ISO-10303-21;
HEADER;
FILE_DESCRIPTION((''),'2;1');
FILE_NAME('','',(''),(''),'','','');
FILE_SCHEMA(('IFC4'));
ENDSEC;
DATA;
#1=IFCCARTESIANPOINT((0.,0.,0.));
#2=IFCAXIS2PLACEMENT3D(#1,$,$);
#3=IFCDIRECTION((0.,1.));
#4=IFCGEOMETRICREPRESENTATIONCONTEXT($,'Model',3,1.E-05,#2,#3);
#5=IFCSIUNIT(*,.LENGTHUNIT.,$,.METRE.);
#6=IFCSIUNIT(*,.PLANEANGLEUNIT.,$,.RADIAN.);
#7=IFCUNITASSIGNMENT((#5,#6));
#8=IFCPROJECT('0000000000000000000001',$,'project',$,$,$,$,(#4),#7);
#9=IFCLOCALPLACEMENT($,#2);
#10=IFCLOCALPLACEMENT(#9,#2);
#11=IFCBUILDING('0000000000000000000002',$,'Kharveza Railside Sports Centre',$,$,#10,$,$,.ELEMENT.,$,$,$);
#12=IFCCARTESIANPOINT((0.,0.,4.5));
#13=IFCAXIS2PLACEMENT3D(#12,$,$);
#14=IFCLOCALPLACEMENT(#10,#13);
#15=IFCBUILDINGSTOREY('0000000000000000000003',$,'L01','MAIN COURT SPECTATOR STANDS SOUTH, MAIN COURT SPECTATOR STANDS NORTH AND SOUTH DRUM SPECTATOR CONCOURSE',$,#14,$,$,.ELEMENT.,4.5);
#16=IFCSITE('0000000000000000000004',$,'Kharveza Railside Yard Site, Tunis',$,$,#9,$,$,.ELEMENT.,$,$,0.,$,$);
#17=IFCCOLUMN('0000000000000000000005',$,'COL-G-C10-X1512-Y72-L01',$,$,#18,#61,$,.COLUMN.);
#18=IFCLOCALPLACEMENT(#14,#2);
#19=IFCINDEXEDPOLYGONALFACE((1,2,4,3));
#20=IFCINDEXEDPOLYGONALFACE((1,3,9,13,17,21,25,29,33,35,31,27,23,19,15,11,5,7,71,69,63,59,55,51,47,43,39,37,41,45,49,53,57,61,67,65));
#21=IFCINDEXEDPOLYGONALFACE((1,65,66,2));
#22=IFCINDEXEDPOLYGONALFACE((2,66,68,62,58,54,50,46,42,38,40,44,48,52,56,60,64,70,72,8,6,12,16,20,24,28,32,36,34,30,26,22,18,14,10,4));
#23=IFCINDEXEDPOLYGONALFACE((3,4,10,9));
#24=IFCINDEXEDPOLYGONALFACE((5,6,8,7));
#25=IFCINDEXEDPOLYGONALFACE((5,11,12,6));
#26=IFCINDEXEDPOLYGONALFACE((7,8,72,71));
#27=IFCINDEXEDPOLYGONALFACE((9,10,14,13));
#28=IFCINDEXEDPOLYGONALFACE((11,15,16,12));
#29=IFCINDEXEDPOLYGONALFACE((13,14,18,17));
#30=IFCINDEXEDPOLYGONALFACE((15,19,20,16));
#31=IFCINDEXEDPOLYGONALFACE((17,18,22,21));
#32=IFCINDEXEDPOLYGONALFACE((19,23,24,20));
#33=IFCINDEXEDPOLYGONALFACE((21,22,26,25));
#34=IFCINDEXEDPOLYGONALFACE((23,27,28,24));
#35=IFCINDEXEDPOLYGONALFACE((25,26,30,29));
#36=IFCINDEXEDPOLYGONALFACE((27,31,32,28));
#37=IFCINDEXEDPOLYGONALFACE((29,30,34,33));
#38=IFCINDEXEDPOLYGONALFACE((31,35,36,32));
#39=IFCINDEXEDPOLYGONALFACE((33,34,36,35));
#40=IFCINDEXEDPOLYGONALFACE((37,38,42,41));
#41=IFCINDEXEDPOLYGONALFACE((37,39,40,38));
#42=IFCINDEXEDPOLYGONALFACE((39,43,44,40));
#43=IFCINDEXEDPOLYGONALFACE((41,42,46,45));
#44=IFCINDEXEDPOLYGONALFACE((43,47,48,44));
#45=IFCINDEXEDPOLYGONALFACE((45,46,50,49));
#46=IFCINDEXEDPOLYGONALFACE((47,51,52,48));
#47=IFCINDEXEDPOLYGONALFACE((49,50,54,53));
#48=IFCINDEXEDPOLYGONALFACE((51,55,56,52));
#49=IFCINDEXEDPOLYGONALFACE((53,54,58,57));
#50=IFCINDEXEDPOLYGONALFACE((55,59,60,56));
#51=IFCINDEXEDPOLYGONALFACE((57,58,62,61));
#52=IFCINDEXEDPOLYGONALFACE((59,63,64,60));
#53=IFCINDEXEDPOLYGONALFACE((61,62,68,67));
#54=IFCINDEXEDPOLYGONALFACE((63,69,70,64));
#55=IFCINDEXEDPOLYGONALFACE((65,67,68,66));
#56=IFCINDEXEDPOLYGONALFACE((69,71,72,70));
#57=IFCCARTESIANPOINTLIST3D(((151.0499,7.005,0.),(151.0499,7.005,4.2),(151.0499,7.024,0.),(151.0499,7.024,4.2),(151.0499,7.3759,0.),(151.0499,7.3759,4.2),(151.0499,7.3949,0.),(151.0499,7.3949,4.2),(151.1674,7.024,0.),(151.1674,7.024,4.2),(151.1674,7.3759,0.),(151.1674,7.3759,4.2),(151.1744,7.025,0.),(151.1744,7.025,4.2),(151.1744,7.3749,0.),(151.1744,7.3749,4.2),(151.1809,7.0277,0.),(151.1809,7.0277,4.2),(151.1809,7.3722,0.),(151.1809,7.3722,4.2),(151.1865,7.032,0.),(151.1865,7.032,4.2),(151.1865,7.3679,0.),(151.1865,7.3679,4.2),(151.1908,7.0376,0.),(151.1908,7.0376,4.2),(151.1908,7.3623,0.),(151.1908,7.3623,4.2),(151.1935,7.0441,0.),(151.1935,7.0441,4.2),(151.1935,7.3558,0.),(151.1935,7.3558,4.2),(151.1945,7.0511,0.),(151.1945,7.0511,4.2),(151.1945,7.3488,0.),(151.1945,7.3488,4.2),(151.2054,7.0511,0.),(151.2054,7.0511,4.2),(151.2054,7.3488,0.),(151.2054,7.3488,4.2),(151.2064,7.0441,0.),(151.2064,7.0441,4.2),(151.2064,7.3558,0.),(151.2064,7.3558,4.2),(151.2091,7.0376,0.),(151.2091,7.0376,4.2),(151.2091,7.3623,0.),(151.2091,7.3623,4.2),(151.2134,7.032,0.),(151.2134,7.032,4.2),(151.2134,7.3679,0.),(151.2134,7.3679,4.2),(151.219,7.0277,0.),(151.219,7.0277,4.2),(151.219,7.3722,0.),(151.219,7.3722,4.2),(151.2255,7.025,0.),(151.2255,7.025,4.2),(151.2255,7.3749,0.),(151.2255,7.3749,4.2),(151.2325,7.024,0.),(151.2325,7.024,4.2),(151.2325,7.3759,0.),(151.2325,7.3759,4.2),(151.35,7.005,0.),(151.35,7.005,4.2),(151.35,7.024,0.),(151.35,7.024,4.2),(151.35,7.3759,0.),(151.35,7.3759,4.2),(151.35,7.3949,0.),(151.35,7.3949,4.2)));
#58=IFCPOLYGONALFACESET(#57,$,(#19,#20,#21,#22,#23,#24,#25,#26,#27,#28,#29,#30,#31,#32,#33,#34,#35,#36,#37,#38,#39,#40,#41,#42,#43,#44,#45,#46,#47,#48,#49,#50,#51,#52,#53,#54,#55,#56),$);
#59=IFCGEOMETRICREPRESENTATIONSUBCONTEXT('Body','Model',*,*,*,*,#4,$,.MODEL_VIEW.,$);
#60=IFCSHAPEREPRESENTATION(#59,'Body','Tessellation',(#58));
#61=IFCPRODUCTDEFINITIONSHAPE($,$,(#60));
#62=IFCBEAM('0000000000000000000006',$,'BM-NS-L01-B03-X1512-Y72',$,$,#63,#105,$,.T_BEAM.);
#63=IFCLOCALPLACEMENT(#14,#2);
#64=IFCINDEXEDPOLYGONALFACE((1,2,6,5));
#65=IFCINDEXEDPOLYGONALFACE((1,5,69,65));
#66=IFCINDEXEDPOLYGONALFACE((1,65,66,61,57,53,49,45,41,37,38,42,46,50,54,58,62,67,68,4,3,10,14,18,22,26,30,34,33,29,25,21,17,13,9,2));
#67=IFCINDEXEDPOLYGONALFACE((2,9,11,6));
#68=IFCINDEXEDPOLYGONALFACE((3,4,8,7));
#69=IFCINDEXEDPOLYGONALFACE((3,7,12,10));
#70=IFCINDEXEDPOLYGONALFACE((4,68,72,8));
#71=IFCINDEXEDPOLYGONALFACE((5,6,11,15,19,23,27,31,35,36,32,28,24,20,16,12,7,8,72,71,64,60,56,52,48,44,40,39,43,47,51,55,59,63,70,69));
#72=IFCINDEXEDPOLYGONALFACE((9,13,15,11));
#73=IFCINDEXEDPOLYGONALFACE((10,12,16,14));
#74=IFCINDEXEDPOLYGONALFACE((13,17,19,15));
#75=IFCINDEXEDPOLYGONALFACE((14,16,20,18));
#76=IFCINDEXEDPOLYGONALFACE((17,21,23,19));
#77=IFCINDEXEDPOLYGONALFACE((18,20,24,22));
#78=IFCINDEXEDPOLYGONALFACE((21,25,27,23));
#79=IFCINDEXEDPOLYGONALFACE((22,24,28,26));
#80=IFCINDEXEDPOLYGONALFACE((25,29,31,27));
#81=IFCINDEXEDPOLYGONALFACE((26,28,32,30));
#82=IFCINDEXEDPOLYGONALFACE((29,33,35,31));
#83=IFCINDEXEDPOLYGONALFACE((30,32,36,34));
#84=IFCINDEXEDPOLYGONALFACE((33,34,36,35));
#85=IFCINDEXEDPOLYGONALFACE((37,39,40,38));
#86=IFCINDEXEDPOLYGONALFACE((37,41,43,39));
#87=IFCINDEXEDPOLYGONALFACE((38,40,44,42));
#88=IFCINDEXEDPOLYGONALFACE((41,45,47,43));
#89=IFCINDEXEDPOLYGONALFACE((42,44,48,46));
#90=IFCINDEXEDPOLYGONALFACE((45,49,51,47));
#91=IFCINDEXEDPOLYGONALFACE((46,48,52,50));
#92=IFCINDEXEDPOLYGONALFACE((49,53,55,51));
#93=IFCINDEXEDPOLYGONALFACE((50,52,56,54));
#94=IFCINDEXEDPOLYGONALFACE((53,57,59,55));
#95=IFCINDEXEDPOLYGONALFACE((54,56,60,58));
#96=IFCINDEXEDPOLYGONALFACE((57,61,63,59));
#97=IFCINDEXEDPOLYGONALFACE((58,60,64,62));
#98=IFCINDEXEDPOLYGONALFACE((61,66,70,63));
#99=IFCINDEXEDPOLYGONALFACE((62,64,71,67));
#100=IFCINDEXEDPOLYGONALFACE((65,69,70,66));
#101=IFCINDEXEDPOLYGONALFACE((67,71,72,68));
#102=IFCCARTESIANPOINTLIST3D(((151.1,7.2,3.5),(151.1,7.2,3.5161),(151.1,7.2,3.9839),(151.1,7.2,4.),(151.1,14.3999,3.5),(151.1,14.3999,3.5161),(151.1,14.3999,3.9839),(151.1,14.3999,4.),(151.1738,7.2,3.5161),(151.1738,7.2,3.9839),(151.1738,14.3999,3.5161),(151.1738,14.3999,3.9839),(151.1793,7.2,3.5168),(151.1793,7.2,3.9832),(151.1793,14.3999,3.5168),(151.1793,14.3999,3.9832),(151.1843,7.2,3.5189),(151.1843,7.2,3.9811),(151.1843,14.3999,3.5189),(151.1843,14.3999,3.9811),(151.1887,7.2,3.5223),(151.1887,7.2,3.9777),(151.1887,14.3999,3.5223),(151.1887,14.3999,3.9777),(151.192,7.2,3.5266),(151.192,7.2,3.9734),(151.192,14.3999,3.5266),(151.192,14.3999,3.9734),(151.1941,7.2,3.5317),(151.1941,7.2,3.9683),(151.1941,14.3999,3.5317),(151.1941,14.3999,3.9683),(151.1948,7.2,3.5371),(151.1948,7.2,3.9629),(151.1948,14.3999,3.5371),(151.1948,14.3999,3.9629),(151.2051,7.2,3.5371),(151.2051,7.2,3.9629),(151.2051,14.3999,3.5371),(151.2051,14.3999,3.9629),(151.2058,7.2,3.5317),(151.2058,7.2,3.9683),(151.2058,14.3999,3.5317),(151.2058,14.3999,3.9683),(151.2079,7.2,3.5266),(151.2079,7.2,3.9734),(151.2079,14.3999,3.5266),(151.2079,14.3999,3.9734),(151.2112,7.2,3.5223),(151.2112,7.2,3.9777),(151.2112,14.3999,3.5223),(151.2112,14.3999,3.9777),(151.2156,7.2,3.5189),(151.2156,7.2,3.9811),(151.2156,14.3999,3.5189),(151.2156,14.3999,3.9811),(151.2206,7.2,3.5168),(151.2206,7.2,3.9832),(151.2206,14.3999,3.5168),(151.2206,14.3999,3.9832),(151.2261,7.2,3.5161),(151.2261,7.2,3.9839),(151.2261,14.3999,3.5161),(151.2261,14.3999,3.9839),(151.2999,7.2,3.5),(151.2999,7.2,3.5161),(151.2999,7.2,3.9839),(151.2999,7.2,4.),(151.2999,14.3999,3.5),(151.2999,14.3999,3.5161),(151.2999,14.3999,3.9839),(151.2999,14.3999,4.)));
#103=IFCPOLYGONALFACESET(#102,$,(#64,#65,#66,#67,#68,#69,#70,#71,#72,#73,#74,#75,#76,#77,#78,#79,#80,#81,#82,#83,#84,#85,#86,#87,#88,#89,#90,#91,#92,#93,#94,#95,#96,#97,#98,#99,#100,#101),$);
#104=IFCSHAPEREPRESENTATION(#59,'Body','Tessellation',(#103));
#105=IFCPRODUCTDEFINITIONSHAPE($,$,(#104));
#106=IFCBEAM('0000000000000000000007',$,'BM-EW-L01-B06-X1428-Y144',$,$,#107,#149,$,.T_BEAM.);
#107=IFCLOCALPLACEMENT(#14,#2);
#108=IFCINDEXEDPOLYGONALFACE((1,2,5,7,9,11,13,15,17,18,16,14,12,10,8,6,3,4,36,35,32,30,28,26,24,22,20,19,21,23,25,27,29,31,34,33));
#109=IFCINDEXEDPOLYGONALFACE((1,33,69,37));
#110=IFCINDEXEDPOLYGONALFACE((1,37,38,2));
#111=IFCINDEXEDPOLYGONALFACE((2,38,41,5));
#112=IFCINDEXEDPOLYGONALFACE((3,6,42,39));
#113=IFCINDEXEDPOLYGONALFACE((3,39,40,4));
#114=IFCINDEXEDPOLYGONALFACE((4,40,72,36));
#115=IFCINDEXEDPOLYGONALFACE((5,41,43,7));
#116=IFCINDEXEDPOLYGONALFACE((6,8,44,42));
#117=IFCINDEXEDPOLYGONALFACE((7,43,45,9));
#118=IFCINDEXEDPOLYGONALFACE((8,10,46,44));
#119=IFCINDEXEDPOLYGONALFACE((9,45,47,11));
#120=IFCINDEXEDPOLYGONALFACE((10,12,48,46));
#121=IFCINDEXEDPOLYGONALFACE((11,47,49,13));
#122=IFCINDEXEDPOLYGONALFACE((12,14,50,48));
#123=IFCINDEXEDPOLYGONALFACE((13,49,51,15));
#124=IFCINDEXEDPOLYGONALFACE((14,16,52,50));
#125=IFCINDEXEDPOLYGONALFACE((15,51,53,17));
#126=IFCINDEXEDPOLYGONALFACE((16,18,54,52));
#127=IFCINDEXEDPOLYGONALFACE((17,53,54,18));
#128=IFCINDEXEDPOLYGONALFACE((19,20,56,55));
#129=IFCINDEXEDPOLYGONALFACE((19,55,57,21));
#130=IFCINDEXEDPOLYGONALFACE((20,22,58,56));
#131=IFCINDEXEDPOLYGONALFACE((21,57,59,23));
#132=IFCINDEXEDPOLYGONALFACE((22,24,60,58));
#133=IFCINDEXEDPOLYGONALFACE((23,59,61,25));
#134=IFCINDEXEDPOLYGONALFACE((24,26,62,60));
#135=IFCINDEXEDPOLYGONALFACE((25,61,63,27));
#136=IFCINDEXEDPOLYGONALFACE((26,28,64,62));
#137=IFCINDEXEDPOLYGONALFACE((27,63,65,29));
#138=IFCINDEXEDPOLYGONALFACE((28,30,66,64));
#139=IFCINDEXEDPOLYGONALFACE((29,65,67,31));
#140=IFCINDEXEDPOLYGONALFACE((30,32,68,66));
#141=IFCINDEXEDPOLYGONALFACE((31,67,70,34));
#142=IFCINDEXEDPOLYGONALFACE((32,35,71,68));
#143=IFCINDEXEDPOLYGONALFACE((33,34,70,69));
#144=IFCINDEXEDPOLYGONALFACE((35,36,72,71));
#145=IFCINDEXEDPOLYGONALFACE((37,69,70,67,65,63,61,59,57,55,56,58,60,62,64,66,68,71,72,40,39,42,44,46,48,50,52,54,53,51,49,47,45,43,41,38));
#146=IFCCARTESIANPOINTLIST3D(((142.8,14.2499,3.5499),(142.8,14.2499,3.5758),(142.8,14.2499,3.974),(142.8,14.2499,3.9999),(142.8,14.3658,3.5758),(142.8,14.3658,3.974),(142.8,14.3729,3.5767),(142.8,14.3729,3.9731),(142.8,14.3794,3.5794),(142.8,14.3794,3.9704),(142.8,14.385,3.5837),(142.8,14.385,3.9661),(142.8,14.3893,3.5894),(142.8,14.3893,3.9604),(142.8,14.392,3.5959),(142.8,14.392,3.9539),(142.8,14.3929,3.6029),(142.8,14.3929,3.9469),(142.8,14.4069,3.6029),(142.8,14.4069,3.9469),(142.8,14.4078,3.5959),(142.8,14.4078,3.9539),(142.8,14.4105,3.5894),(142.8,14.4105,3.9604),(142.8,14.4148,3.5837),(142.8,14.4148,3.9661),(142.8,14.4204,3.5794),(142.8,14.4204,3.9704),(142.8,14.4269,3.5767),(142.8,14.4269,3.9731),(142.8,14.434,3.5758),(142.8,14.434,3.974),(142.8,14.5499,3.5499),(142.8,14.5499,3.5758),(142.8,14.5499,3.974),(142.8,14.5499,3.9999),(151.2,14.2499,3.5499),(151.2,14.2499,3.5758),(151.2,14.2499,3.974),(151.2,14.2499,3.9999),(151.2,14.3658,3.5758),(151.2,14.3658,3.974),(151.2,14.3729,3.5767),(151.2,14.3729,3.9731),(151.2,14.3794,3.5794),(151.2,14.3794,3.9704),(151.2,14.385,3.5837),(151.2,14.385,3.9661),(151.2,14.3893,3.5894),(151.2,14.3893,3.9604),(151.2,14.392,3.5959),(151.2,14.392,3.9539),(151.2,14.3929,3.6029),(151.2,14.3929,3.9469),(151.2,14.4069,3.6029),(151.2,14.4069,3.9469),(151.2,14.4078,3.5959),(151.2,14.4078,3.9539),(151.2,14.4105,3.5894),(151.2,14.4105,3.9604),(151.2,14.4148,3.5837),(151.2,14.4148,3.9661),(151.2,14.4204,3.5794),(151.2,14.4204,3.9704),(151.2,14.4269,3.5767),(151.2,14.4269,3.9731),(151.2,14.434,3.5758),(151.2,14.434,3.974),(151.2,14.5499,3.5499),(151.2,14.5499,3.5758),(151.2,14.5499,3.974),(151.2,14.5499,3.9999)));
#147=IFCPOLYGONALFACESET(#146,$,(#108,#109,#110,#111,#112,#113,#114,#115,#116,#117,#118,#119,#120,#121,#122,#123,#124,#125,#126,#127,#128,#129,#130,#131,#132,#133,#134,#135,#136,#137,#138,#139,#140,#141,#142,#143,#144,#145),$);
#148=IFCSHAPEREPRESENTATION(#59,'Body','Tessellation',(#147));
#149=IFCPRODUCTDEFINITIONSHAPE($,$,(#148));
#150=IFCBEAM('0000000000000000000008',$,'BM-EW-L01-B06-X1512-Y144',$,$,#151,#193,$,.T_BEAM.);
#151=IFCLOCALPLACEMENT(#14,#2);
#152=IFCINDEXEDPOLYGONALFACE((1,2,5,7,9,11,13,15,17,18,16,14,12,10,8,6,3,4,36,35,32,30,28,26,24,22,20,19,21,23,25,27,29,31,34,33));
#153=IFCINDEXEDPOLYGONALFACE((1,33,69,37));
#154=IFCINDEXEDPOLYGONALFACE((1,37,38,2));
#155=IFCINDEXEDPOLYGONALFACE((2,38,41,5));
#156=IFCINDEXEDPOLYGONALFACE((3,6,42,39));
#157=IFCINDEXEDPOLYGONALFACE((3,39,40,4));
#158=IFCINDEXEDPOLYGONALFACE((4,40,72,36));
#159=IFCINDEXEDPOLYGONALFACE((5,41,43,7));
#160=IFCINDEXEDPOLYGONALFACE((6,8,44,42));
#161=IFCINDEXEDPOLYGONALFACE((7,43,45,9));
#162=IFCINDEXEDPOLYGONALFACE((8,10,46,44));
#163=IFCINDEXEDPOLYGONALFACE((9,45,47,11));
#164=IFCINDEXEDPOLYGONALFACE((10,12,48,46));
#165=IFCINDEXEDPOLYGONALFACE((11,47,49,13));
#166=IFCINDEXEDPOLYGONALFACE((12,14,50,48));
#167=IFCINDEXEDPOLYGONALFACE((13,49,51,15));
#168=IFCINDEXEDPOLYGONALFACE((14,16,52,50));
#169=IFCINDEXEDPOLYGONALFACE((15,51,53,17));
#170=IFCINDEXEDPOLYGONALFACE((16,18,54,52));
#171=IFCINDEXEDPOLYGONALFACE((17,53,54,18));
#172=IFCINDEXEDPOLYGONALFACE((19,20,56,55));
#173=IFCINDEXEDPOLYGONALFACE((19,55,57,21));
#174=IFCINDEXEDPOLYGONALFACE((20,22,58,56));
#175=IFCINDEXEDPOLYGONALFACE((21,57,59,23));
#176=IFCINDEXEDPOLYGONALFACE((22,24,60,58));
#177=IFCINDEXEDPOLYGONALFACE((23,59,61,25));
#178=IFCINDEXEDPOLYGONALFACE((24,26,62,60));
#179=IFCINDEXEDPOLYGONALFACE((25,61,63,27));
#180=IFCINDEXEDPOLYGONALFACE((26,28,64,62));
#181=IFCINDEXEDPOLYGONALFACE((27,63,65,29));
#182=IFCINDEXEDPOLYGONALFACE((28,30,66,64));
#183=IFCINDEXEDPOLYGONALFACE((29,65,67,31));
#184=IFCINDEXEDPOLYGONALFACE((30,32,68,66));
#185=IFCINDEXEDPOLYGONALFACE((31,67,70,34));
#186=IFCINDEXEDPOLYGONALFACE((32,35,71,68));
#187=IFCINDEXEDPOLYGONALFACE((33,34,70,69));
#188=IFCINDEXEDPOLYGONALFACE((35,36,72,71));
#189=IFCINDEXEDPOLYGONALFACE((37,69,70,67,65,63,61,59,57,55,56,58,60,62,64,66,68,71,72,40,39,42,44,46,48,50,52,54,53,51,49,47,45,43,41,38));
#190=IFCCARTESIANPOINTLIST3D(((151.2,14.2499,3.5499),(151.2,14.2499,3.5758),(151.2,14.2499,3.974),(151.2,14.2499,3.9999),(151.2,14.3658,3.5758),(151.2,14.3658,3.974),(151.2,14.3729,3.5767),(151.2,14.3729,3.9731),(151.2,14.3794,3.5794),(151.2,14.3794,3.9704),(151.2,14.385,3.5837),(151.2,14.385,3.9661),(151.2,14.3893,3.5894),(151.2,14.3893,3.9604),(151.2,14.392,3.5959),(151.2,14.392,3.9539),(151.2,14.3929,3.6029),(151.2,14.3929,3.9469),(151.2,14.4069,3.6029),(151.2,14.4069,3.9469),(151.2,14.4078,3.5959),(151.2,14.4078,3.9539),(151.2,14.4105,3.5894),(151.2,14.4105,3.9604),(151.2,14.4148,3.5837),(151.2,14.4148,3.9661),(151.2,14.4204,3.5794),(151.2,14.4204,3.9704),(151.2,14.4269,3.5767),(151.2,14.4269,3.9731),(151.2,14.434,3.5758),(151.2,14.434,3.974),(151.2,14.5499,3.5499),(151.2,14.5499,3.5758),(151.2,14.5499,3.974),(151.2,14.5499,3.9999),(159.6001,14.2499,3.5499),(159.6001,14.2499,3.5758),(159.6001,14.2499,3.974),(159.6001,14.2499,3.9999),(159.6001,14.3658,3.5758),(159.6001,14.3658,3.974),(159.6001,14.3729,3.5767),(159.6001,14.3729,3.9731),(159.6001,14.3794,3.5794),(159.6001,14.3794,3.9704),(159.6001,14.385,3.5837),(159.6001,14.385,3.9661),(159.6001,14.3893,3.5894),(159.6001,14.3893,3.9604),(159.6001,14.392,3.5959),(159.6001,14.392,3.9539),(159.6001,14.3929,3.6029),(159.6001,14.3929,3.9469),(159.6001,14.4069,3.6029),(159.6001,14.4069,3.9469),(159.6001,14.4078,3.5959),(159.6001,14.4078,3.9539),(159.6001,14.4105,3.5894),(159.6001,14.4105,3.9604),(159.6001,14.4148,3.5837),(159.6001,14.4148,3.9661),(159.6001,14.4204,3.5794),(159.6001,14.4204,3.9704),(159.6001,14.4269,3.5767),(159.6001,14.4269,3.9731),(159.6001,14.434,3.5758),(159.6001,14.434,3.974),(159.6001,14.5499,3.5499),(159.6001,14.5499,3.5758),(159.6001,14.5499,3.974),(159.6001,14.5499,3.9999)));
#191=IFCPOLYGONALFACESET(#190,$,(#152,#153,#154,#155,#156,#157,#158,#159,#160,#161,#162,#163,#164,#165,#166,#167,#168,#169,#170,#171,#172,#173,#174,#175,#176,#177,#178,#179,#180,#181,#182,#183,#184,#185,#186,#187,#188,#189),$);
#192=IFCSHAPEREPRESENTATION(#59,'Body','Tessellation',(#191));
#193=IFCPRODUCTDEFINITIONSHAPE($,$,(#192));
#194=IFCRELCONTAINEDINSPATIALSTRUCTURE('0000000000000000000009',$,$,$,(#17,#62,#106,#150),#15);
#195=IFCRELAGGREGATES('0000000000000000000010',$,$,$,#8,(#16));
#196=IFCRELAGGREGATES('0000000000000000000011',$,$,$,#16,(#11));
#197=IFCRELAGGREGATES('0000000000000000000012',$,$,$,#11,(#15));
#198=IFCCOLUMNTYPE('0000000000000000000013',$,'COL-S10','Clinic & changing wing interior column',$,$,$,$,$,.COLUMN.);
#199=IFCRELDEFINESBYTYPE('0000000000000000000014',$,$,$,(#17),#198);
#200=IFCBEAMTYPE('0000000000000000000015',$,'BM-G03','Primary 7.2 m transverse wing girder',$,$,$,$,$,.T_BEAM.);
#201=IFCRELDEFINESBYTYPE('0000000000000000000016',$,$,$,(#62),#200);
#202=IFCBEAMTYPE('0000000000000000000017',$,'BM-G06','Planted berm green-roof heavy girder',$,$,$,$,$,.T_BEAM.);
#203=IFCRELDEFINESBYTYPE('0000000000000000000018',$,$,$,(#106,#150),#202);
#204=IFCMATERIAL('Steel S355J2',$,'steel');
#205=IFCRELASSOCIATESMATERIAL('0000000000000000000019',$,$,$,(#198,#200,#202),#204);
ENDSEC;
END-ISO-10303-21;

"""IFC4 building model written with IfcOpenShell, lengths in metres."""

from ifc_helpers import new_model, si_unit, direction, frame, origin, origin_2d, place, context, subcontext, project, spatial, i_section, extrude, material, material_profile, profile_set, type_object, element, save


model = new_model("IFC4")

# Units and contexts
model_context = context("Model", 3, precision=1e-05, world=origin(), true_north=direction((0.0, 1.0)))
body_context = subcontext(model_context, "Body", "Model", "MODEL_VIEW")
ifc_project = project(units=[si_unit("LENGTHUNIT", "METRE"), si_unit("PLANEANGLEUNIT", "RADIAN")], contexts=[model_context])

# Site, building, storey
site_placement = place(None, origin())
site = spatial("IfcSite", under=ifc_project, at=site_placement, Name="Kharveza Railside Yard Site, Tunis", CompositionType="ELEMENT", RefElevation=0.0)
building_placement = place(site_placement, origin())
building = spatial("IfcBuilding", under=site, at=building_placement, Name="Kharveza Railside Sports Centre", CompositionType="ELEMENT")
storey_placement = place(building_placement, frame((0.0, 0.0, 4.5)))
storey = spatial("IfcBuildingStorey", under=building, at=storey_placement, Name="L01", Description="MAIN COURT SPECTATOR STANDS SOUTH, MAIN COURT SPECTATOR STANDS NORTH AND SOUTH DRUM SPECTATOR CONCOURSE", CompositionType="ELEMENT", Elevation=4.5)

# Column
ifc_material_1 = material(Name="Steel S355J2", Category="steel")
ifc_material_profile_1 = material_profile(ifc_material_1, i_section(OverallWidth=0.3, OverallDepth=0.3899, WebThickness=0.011, FlangeThickness=0.019, FilletRadius=0.0271, at=origin_2d()), Name="HEA 400")
ifc_profile_set_1 = profile_set([ifc_material_profile_1], Name="Steel S355J2")
column_type_1 = type_object("IfcColumnType", Name="COL-S10", Description="Clinic & changing wing interior column", PredefinedType="COLUMN", material=ifc_profile_set_1)
for number, where, z_axis, x_axis, name in (
    (1, (151.2, 7.2, 0.0), (0.0, 0.0, 1.0), (1.0, 0.0, 0.0), "COL-G-C10-X1512-Y72-L01"),
):
    element("IfcColumn", number, at=place(storey_placement, frame(where, z_axis=z_axis, x_axis=x_axis)), inside=storey, type_object=column_type_1, Name=name, PredefinedType="COLUMN", context=body_context, shape_type="SweptSolid", body=[
        extrude(i_section(OverallWidth=0.3, OverallDepth=0.3899, WebThickness=0.011, FlangeThickness=0.019, FilletRadius=0.0271, at=origin_2d()), origin(), (0.0, 0.0, 1.0), 4.2),
    ])

# Beams
ifc_material_profile_2 = material_profile(ifc_material_1, i_section(OverallWidth=0.2, OverallDepth=0.5, WebThickness=0.0103, FlangeThickness=0.0161, FilletRadius=0.021, at=origin_2d()), Name="IPE 500")
ifc_profile_set_2 = profile_set([ifc_material_profile_2], Name="Steel S355J2")
beam_type_1 = type_object("IfcBeamType", Name="BM-G03", Description="Primary 7.2 m transverse wing girder", PredefinedType="T_BEAM", material=ifc_profile_set_2)
beam_1_placement = place(storey_placement, frame((151.2, 7.2, 3.75), z_axis=(0.0, 1.0, 0.0), x_axis=(-1.0, 0.0, 0.0)))
element("IfcBeam", 2, at=beam_1_placement, inside=storey, type_object=beam_type_1, Name="BM-NS-L01-B03-X1512-Y72", PredefinedType="T_BEAM", context=body_context, shape_type="SweptSolid", body=[
    extrude(i_section(OverallWidth=0.2, OverallDepth=0.5, WebThickness=0.0103, FlangeThickness=0.0161, FilletRadius=0.021, at=origin_2d()), origin(), (0.0, 0.0, 1.0), 7.2),
])
ifc_material_profile_3 = material_profile(ifc_material_1, i_section(OverallWidth=0.3, OverallDepth=0.45, WebThickness=0.0139, FlangeThickness=0.0259, FilletRadius=0.0271, at=origin_2d()), Name="HEB 450")
ifc_profile_set_3 = profile_set([ifc_material_profile_3], Name="Steel S355J2")
beam_type_2 = type_object("IfcBeamType", Name="BM-G06", Description="Planted berm green-roof heavy girder", PredefinedType="T_BEAM", material=ifc_profile_set_3)
beam_2_placement = place(storey_placement, frame((142.8, 14.3999, 3.7749), z_axis=(1.0, 0.0, 0.0), x_axis=(0.0, 1.0, 0.0)))
element("IfcBeam", 3, at=beam_2_placement, inside=storey, type_object=beam_type_2, Name="BM-EW-L01-B06-X1428-Y144", PredefinedType="T_BEAM", context=body_context, shape_type="SweptSolid", body=[
    extrude(i_section(OverallWidth=0.3, OverallDepth=0.45, WebThickness=0.0139, FlangeThickness=0.0259, FilletRadius=0.0271, at=origin_2d()), origin(), (0.0, 0.0, 1.0), 8.3999),
])
beam_3_placement = place(storey_placement, frame((151.2, 14.3999, 3.7749), z_axis=(1.0, 0.0, 0.0), x_axis=(0.0, 1.0, 0.0)))
element("IfcBeam", 4, at=beam_3_placement, inside=storey, type_object=beam_type_2, Name="BM-EW-L01-B06-X1512-Y144", PredefinedType="T_BEAM", context=body_context, shape_type="SweptSolid", body=[
    extrude(i_section(OverallWidth=0.3, OverallDepth=0.45, WebThickness=0.0139, FlangeThickness=0.0259, FilletRadius=0.0271, at=origin_2d()), origin(), (0.0, 0.0, 1.0), 8.4001),
])

save(model, "model.ifc")
